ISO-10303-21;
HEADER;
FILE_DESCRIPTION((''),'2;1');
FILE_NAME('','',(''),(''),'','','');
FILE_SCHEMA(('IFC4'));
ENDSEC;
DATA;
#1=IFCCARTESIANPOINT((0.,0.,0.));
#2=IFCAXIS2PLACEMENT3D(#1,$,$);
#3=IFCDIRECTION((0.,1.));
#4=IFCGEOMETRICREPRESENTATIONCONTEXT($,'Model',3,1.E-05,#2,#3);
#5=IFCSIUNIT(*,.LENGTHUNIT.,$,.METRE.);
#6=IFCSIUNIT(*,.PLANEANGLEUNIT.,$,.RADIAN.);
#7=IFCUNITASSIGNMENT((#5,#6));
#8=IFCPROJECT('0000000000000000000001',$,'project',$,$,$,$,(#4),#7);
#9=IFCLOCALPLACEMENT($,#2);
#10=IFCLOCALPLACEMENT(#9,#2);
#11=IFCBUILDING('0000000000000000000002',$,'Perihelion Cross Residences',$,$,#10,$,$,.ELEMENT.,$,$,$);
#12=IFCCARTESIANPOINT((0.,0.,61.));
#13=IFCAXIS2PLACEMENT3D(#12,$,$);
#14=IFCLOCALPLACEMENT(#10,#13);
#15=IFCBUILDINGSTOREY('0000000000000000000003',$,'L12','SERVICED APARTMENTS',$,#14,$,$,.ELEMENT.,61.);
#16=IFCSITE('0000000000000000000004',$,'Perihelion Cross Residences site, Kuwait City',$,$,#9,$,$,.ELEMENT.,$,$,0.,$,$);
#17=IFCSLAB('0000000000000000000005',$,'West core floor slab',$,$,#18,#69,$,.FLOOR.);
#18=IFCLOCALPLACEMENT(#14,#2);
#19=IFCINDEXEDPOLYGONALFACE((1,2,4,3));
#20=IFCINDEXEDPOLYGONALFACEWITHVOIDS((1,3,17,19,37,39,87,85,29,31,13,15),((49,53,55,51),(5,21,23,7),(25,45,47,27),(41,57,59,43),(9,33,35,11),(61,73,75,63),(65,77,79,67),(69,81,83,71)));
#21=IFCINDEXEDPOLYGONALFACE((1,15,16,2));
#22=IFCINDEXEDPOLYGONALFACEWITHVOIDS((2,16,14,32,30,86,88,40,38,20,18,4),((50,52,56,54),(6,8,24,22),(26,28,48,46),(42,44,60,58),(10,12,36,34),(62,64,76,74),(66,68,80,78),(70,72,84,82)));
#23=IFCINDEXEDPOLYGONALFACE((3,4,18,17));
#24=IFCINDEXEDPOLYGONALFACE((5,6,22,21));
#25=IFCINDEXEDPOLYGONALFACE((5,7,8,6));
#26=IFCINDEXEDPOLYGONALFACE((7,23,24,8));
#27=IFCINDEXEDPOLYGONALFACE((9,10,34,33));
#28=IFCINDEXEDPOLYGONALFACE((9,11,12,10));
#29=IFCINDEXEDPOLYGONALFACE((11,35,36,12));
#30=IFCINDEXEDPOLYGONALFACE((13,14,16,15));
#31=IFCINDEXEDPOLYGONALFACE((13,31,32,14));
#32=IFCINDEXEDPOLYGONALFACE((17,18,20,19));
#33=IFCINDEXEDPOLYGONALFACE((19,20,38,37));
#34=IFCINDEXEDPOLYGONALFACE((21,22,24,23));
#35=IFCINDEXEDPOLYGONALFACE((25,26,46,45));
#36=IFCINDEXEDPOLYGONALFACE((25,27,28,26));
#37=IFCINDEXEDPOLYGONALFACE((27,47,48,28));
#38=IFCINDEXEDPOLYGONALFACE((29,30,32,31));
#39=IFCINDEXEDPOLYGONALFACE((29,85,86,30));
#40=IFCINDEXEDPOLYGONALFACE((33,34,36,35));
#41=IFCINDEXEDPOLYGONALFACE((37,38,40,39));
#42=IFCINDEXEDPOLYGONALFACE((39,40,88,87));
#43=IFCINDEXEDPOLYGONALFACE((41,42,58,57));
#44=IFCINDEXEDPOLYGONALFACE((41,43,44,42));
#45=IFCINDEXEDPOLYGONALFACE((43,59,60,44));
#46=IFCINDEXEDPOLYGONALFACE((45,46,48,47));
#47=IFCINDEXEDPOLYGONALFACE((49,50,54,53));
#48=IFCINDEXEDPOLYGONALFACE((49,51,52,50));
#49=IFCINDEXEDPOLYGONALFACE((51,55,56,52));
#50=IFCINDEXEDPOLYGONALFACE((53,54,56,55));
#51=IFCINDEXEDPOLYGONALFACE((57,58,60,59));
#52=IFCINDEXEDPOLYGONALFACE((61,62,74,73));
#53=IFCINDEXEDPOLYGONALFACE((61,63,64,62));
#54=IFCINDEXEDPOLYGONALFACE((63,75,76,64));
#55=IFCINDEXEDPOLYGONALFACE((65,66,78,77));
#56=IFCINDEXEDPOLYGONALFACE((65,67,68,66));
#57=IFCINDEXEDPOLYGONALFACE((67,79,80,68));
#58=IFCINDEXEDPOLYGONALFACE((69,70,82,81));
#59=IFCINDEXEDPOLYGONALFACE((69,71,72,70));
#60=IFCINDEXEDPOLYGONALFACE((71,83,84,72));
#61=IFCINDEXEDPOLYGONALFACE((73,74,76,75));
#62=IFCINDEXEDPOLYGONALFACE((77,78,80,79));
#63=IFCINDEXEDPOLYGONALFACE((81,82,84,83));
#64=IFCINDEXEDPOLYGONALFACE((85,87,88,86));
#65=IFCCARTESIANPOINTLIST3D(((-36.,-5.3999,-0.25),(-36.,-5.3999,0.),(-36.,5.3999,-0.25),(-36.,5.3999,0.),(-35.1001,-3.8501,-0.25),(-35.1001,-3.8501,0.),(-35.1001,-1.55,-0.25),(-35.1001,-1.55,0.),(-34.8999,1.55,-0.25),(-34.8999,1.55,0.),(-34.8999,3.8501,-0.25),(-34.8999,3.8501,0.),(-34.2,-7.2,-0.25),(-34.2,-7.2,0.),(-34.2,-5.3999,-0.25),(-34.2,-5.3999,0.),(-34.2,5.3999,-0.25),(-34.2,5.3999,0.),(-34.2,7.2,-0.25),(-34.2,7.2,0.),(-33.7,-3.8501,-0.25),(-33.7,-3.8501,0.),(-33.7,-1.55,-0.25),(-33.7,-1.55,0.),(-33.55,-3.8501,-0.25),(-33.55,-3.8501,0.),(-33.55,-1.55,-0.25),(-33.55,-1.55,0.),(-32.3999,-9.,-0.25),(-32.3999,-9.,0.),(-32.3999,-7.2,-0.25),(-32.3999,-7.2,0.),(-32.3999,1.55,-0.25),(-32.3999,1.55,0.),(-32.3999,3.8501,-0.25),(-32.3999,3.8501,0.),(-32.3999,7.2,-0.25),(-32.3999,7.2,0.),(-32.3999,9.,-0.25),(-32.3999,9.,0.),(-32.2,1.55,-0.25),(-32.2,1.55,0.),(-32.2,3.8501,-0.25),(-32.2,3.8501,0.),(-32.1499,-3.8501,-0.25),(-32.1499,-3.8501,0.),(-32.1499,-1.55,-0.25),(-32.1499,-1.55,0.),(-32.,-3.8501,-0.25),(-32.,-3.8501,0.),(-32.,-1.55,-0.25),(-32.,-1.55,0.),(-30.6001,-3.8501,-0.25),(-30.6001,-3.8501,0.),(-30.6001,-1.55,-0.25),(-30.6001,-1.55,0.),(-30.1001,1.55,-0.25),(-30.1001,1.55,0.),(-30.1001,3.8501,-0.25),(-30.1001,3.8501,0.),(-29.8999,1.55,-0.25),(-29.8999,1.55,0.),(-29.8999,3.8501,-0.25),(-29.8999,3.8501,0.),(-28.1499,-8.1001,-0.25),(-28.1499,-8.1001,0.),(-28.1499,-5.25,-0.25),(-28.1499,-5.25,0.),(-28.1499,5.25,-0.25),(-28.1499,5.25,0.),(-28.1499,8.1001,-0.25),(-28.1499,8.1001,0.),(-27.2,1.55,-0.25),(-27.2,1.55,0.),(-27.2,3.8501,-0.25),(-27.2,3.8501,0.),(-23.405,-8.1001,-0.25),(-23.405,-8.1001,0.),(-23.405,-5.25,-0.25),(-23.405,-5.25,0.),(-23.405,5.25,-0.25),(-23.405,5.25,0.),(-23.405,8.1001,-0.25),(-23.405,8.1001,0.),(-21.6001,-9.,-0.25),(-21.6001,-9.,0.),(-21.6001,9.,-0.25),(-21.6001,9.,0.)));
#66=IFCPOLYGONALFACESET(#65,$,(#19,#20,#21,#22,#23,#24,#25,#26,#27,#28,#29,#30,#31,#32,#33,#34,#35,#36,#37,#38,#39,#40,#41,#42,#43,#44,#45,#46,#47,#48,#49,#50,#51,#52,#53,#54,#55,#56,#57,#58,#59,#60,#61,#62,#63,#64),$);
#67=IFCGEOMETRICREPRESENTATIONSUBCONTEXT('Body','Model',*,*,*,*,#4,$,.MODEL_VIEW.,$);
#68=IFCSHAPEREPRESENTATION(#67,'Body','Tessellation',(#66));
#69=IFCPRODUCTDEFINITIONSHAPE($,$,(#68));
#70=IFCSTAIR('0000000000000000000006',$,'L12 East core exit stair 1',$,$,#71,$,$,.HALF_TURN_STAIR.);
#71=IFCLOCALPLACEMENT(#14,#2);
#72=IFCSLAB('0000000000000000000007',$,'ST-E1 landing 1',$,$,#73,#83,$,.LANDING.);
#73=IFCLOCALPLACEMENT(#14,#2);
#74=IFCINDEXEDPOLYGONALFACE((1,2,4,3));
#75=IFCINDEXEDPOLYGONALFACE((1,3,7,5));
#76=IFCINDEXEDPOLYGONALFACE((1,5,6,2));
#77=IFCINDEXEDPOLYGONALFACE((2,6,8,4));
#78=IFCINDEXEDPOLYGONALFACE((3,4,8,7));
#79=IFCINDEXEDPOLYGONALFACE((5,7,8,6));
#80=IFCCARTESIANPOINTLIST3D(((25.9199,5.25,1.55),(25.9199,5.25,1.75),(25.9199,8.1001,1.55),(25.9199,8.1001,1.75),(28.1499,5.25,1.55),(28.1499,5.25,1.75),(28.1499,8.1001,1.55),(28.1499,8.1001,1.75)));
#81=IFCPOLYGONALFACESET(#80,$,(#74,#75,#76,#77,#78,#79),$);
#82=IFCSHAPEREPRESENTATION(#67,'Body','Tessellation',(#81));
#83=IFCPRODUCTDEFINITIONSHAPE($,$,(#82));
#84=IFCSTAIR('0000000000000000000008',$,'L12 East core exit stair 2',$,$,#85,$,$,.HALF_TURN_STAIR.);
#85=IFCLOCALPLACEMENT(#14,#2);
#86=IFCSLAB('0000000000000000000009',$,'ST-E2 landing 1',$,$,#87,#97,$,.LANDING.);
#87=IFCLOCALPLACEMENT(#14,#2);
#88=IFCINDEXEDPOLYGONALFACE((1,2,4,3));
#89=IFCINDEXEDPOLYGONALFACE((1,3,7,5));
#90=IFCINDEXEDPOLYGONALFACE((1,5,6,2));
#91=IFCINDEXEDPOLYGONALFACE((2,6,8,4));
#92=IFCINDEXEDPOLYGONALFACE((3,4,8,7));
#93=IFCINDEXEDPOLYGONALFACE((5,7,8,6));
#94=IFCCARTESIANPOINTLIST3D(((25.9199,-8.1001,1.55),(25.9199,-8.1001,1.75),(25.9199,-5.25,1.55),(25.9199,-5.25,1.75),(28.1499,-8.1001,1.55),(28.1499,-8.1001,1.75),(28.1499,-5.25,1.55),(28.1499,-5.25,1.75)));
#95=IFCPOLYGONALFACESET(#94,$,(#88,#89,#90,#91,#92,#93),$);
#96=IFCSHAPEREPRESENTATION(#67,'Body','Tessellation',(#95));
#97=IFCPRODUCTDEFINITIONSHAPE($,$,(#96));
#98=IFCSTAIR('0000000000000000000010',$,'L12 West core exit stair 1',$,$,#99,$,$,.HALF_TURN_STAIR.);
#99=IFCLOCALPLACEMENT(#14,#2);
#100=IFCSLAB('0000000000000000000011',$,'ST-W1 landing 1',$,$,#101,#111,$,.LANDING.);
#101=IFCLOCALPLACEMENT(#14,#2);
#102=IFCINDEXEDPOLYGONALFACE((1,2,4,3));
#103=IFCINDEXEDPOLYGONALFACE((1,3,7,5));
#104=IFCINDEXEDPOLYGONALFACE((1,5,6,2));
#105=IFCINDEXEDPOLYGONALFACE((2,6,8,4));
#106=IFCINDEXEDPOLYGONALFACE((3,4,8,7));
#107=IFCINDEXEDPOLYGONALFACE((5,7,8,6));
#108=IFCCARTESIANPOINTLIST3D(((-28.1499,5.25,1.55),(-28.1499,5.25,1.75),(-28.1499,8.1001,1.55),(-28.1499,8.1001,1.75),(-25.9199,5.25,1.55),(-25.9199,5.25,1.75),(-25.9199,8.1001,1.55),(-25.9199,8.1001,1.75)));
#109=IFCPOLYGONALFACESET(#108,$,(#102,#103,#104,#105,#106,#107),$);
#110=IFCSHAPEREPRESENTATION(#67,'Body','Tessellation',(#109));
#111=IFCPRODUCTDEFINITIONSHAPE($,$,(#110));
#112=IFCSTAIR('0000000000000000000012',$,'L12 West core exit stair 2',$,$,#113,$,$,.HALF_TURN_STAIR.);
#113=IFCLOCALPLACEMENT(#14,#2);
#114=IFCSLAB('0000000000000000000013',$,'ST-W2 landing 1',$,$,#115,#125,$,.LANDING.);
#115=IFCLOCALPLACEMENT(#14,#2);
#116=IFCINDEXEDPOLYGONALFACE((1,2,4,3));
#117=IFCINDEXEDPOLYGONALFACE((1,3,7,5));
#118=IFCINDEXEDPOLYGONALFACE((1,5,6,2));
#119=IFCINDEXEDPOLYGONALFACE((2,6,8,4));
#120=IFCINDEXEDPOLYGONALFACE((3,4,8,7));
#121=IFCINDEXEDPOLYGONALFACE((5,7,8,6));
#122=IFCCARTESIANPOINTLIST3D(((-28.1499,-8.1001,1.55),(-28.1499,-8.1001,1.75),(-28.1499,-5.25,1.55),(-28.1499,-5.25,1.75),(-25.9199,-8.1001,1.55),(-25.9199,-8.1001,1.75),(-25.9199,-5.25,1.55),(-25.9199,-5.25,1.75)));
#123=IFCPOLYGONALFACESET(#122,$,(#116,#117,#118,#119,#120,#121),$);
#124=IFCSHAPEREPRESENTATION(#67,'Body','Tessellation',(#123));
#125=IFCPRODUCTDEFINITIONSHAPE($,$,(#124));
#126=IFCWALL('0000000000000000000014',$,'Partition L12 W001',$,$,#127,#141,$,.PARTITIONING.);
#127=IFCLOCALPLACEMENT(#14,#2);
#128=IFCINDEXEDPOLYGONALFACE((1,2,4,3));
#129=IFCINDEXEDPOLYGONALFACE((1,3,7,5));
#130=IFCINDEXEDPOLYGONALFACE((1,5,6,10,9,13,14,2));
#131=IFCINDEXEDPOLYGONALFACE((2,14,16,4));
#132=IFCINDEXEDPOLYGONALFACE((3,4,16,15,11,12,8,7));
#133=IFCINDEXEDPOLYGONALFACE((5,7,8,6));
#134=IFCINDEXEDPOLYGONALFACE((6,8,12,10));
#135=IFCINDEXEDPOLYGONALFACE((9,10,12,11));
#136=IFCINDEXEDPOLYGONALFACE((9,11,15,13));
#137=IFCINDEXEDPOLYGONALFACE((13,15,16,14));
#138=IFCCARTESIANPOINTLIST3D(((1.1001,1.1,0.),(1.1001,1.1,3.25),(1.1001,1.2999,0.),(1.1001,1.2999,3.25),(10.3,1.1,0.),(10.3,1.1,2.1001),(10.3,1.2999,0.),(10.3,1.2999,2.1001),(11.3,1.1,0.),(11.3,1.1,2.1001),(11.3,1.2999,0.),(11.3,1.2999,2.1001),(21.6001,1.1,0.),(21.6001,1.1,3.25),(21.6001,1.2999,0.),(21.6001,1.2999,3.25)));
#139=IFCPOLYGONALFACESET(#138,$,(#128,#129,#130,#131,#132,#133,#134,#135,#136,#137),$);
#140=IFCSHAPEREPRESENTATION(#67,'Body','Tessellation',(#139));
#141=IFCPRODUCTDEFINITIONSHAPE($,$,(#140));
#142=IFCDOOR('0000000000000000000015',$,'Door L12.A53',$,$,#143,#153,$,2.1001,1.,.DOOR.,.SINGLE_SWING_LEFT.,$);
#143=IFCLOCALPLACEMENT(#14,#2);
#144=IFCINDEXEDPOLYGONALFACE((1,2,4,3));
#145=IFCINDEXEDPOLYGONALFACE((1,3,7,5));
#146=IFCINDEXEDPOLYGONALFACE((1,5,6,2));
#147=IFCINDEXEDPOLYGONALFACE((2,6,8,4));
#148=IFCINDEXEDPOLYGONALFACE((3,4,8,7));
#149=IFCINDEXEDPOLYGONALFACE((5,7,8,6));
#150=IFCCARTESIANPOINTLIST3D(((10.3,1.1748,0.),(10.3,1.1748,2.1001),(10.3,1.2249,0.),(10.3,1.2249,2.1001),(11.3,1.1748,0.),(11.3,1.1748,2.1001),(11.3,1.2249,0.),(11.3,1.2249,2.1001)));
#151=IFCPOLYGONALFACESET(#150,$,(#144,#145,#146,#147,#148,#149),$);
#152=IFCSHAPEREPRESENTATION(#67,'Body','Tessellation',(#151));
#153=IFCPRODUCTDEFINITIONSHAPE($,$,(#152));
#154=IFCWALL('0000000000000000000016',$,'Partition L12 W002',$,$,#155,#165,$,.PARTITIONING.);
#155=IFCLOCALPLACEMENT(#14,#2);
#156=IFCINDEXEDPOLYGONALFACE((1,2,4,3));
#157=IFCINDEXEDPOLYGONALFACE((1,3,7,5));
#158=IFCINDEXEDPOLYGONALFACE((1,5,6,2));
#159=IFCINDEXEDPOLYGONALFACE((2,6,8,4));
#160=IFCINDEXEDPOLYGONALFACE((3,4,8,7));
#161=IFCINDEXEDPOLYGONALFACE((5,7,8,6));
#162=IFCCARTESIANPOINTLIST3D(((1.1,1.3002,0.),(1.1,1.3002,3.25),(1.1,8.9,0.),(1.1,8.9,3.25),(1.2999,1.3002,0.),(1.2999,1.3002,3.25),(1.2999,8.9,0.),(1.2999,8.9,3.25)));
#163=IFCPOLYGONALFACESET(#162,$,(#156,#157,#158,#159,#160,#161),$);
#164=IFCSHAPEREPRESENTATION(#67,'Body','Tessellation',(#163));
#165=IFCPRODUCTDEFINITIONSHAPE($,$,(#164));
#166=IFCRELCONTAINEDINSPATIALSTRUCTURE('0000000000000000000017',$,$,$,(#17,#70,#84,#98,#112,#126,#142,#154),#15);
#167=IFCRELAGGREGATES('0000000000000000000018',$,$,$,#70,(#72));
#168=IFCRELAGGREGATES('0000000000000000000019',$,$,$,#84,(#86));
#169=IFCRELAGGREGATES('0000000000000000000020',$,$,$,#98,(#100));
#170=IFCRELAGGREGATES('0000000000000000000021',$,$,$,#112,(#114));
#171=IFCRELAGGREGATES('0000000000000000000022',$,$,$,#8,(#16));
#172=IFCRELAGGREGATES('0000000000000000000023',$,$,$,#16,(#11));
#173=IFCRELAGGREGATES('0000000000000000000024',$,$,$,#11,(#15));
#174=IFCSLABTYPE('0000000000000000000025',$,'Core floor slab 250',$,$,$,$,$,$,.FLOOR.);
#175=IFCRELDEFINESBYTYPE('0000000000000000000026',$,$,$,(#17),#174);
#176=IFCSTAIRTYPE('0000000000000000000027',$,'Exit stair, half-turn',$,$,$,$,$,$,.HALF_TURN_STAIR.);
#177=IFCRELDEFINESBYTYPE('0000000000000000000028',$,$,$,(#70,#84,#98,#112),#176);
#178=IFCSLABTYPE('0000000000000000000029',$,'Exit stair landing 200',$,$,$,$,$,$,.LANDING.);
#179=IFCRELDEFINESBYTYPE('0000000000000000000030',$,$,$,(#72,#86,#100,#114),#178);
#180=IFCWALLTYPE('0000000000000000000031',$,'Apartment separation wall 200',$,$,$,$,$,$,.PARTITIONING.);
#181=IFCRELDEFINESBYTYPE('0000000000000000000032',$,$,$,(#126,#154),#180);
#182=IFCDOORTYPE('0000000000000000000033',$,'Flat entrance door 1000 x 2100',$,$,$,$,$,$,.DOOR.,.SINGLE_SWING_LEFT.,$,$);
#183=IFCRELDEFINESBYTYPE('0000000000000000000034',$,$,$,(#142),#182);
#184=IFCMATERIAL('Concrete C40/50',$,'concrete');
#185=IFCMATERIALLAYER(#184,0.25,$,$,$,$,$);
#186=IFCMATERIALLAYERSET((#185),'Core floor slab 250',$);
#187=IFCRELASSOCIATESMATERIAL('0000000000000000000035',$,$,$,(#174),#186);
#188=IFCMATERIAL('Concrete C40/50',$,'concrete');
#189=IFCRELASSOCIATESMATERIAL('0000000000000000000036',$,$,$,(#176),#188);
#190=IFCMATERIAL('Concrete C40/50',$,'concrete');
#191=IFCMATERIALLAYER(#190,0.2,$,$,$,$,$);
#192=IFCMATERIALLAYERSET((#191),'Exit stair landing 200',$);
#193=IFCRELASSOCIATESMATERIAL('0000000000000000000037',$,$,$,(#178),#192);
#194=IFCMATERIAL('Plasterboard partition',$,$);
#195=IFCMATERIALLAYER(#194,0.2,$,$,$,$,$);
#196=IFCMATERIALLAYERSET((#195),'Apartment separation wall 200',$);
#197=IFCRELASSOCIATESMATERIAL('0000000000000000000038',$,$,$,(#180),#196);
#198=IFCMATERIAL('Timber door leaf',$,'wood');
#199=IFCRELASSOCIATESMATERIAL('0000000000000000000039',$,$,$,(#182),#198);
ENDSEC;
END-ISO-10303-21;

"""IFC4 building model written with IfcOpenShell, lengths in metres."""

from ifc_helpers import new_model, si_unit, direction, frame, frame_2d, origin, place, context, subcontext, project, spatial, polyline, rectangle, outline, extrude, material, layer, layer_set, type_object, element, fill, aggregate, save


model = new_model("IFC4")

# Units and contexts
model_context = context("Model", 3, precision=1e-05, world=origin(), true_north=direction((0.0, 1.0)))
body_context = subcontext(model_context, "Body", "Model", "MODEL_VIEW")
ifc_project = project(units=[si_unit("LENGTHUNIT", "METRE"), si_unit("PLANEANGLEUNIT", "RADIAN")], contexts=[model_context])

# Site, building, storey
site_placement = place(None, origin())
site = spatial("IfcSite", under=ifc_project, at=site_placement, Name="Perihelion Cross Residences site, Kuwait City", CompositionType="ELEMENT", RefElevation=0.0)
building_placement = place(site_placement, origin())
building = spatial("IfcBuilding", under=site, at=building_placement, Name="Perihelion Cross Residences", CompositionType="ELEMENT")
storey_placement = place(building_placement, frame((0.0, 0.0, 61.0)))
storey = spatial("IfcBuildingStorey", under=building, at=storey_placement, Name="L12", Description="SERVICED APARTMENTS", CompositionType="ELEMENT", Elevation=61.0)

# Slab
ifc_material_1 = material(Name="Concrete C40/50", Category="concrete")
ifc_layer_1 = layer(ifc_material_1, 0.25)
ifc_layer_set_1 = layer_set([ifc_layer_1], Name="Core floor slab 250")
slab_type_1 = type_object("IfcSlabType", Name="Core floor slab 250", PredefinedType="FLOOR", material=ifc_layer_set_1)
slab_1_placement = place(storey_placement, frame((0.0, 0.0, -0.25)))
element("IfcSlab", 1, at=slab_1_placement, inside=storey, type_object=slab_type_1, Name="West core floor slab", PredefinedType="FLOOR", context=body_context, shape_type="SweptSolid", body=[
    extrude(outline(polyline([(-32.3999, 7.2), (-34.2, 7.2), (-34.2, 5.3999), (-36.0, 5.3999), (-36.0, -5.3999), (-34.2, -5.3999), (-34.2, -7.2), (-32.3999, -7.2), (-32.3999, -9.0), (-21.6001, -9.0), (-21.6001, 9.0), (-32.3999, 9.0), (-32.3999, 7.2)]), holes=[polyline([(-23.405, -8.1001), (-28.1499, -8.1001), (-28.1499, -5.25), (-23.405, -5.25), (-23.405, -8.1001)]), polyline([(-30.6001, -1.55), (-30.6001, -3.8501), (-32.0, -3.8501), (-32.0, -1.55), (-30.6001, -1.55)]), polyline([(-32.1499, -1.55), (-32.1499, -3.8501), (-33.55, -3.8501), (-33.55, -1.55), (-32.1499, -1.55)]), polyline([(-33.7, -1.55), (-33.7, -3.8501), (-35.1001, -3.8501), (-35.1001, -1.55), (-33.7, -1.55)]), polyline([(-27.2, 3.8501), (-27.2, 1.55), (-29.8999, 1.55), (-29.8999, 3.8501), (-27.2, 3.8501)]), polyline([(-30.1001, 3.8501), (-30.1001, 1.55), (-32.2, 1.55), (-32.2, 3.8501), (-30.1001, 3.8501)]), polyline([(-32.3999, 3.8501), (-32.3999, 1.55), (-34.8999, 1.55), (-34.8999, 3.8501), (-32.3999, 3.8501)]), polyline([(-23.405, 5.25), (-28.1499, 5.25), (-28.1499, 8.1001), (-23.405, 8.1001), (-23.405, 5.25)])]), origin(), (0.0, 0.0, 1.0), 0.25),
])

# Stairs, slabs
ifc_material_2 = material(Name="Concrete C40/50", Category="concrete")
stair_type = type_object("IfcStairType", Name="Exit stair, half-turn", PredefinedType="HALF_TURN_STAIR", material=ifc_material_2)
stair_1_placement = place(storey_placement, origin())
stair_1 = element("IfcStair", 2, at=stair_1_placement, inside=storey, type_object=stair_type, Name="L12 East core exit stair 1", PredefinedType="HALF_TURN_STAIR")
ifc_material_3 = material(Name="Concrete C40/50", Category="concrete")
ifc_layer_2 = layer(ifc_material_3, 0.2)
ifc_layer_set_2 = layer_set([ifc_layer_2], Name="Exit stair landing 200")
slab_type_2 = type_object("IfcSlabType", Name="Exit stair landing 200", PredefinedType="LANDING", material=ifc_layer_set_2)
slab_2_placement = place(storey_placement, frame((0.0, 0.0, 1.55)))
slab_2 = element("IfcSlab", 3, at=slab_2_placement, type_object=slab_type_2, Name="ST-E1 landing 1", PredefinedType="LANDING", context=body_context, shape_type="SweptSolid", body=[
    extrude(outline(polyline([(25.9199, 5.25), (28.1499, 5.25), (28.1499, 8.1001), (25.9199, 8.1001), (25.9199, 5.25)])), origin(), (0.0, 0.0, 1.0), 0.2),
])
aggregate(stair_1, [slab_2])
stair_2_placement = place(storey_placement, origin())
stair_2 = element("IfcStair", 4, at=stair_2_placement, inside=storey, type_object=stair_type, Name="L12 East core exit stair 2", PredefinedType="HALF_TURN_STAIR")
slab_3_placement = place(storey_placement, frame((0.0, 0.0, 1.55)))
slab_3 = element("IfcSlab", 5, at=slab_3_placement, type_object=slab_type_2, Name="ST-E2 landing 1", PredefinedType="LANDING", context=body_context, shape_type="SweptSolid", body=[
    extrude(outline(polyline([(25.9199, -8.1001), (28.1499, -8.1001), (28.1499, -5.25), (25.9199, -5.25), (25.9199, -8.1001)])), origin(), (0.0, 0.0, 1.0), 0.2),
])
aggregate(stair_2, [slab_3])
stair_3_placement = place(storey_placement, origin())
stair_3 = element("IfcStair", 6, at=stair_3_placement, inside=storey, type_object=stair_type, Name="L12 West core exit stair 1", PredefinedType="HALF_TURN_STAIR")
slab_4_placement = place(storey_placement, frame((0.0, 0.0, 1.55)))
slab_4 = element("IfcSlab", 7, at=slab_4_placement, type_object=slab_type_2, Name="ST-W1 landing 1", PredefinedType="LANDING", context=body_context, shape_type="SweptSolid", body=[
    extrude(outline(polyline([(-25.9199, 8.1001), (-28.1499, 8.1001), (-28.1499, 5.25), (-25.9199, 5.25), (-25.9199, 8.1001)])), origin(), (0.0, 0.0, 1.0), 0.2),
])
aggregate(stair_3, [slab_4])
stair_4_placement = place(storey_placement, origin())
stair_4 = element("IfcStair", 8, at=stair_4_placement, inside=storey, type_object=stair_type, Name="L12 West core exit stair 2", PredefinedType="HALF_TURN_STAIR")
slab_5_placement = place(storey_placement, frame((0.0, 0.0, 1.55)))
slab_5 = element("IfcSlab", 9, at=slab_5_placement, type_object=slab_type_2, Name="ST-W2 landing 1", PredefinedType="LANDING", context=body_context, shape_type="SweptSolid", body=[
    extrude(outline(polyline([(-25.9199, -5.25), (-28.1499, -5.25), (-28.1499, -8.1001), (-25.9199, -8.1001), (-25.9199, -5.25)])), origin(), (0.0, 0.0, 1.0), 0.2),
])
aggregate(stair_4, [slab_5])

# Wall, opening, door
ifc_material_4 = material(Name="Plasterboard partition")
ifc_layer_3 = layer(ifc_material_4, 0.2)
ifc_layer_set_3 = layer_set([ifc_layer_3], Name="Apartment separation wall 200")
wall_type_1 = type_object("IfcWallType", Name="Apartment separation wall 200", PredefinedType="PARTITIONING", material=ifc_layer_set_3)
wall_1_placement = place(storey_placement, frame((1.1001, 1.2, 0.0), z_axis=(0.0, 0.0, 1.0), x_axis=(1.0, 0.0, 0.0)))
wall_1 = element("IfcWall", 10, at=wall_1_placement, inside=storey, type_object=wall_type_1, Name="Partition L12 W001", PredefinedType="PARTITIONING", context=body_context, shape_type="SweptSolid", body=[
    extrude(rectangle(XDim=20.5, YDim=0.2, at=frame_2d((10.25, 0.0))), origin(), (0.0, 0.0, 1.0), 3.25),
])
opening_1_placement = place(wall_1_placement, frame((9.2, 0.0, 0.0)))
opening_1 = element("IfcOpeningElement", 11, at=opening_1_placement, cuts=wall_1, PredefinedType="OPENING", context=body_context, shape_type="SweptSolid", body=[
    extrude(rectangle(XDim=1.0, YDim=2.1001, at=frame_2d((0.5, 1.05))), frame((0.0, 0.1099, 0.0), z_axis=(0.0, -1.0, 0.0), x_axis=(1.0, 0.0, 0.0)), (0.0, 0.0, 1.0), 0.22),
])
ifc_material_5 = material(Name="Timber door leaf", Category="wood")
door_type_1 = type_object("IfcDoorType", Name="Flat entrance door 1000 x 2100", OperationType="SINGLE_SWING_LEFT", PredefinedType="DOOR", material=ifc_material_5)
door_1_placement = place(opening_1_placement, origin())
door_1 = element("IfcDoor", 12, at=door_1_placement, inside=storey, type_object=door_type_1, Name="Door L12.A53", OperationType="SINGLE_SWING_LEFT", OverallHeight=2.1001, OverallWidth=1.0, PredefinedType="DOOR", context=body_context, shape_type="SweptSolid", body=[
    extrude(rectangle(XDim=1.0, YDim=2.1001, at=frame_2d((0.5, 1.05))), frame((0.0, 0.0249, 0.0), z_axis=(0.0, -1.0, 0.0), x_axis=(1.0, 0.0, 0.0)), (0.0, 0.0, 1.0), 0.05),
])
fill(opening_1, door_1)

# Wall
wall_2_placement = place(storey_placement, frame((1.2, 8.8999, 0.0), z_axis=(0.0, 0.0, 1.0), x_axis=(0.0, -1.0, 0.0)))
element("IfcWall", 13, at=wall_2_placement, inside=storey, type_object=wall_type_1, Name="Partition L12 W002", PredefinedType="PARTITIONING", context=body_context, shape_type="SweptSolid", body=[
    extrude(rectangle(XDim=7.5999, YDim=0.2, at=frame_2d((3.7998, 0.0))), origin(), (0.0, 0.0, 1.0), 3.25),
])

save(model, "model.ifc")
